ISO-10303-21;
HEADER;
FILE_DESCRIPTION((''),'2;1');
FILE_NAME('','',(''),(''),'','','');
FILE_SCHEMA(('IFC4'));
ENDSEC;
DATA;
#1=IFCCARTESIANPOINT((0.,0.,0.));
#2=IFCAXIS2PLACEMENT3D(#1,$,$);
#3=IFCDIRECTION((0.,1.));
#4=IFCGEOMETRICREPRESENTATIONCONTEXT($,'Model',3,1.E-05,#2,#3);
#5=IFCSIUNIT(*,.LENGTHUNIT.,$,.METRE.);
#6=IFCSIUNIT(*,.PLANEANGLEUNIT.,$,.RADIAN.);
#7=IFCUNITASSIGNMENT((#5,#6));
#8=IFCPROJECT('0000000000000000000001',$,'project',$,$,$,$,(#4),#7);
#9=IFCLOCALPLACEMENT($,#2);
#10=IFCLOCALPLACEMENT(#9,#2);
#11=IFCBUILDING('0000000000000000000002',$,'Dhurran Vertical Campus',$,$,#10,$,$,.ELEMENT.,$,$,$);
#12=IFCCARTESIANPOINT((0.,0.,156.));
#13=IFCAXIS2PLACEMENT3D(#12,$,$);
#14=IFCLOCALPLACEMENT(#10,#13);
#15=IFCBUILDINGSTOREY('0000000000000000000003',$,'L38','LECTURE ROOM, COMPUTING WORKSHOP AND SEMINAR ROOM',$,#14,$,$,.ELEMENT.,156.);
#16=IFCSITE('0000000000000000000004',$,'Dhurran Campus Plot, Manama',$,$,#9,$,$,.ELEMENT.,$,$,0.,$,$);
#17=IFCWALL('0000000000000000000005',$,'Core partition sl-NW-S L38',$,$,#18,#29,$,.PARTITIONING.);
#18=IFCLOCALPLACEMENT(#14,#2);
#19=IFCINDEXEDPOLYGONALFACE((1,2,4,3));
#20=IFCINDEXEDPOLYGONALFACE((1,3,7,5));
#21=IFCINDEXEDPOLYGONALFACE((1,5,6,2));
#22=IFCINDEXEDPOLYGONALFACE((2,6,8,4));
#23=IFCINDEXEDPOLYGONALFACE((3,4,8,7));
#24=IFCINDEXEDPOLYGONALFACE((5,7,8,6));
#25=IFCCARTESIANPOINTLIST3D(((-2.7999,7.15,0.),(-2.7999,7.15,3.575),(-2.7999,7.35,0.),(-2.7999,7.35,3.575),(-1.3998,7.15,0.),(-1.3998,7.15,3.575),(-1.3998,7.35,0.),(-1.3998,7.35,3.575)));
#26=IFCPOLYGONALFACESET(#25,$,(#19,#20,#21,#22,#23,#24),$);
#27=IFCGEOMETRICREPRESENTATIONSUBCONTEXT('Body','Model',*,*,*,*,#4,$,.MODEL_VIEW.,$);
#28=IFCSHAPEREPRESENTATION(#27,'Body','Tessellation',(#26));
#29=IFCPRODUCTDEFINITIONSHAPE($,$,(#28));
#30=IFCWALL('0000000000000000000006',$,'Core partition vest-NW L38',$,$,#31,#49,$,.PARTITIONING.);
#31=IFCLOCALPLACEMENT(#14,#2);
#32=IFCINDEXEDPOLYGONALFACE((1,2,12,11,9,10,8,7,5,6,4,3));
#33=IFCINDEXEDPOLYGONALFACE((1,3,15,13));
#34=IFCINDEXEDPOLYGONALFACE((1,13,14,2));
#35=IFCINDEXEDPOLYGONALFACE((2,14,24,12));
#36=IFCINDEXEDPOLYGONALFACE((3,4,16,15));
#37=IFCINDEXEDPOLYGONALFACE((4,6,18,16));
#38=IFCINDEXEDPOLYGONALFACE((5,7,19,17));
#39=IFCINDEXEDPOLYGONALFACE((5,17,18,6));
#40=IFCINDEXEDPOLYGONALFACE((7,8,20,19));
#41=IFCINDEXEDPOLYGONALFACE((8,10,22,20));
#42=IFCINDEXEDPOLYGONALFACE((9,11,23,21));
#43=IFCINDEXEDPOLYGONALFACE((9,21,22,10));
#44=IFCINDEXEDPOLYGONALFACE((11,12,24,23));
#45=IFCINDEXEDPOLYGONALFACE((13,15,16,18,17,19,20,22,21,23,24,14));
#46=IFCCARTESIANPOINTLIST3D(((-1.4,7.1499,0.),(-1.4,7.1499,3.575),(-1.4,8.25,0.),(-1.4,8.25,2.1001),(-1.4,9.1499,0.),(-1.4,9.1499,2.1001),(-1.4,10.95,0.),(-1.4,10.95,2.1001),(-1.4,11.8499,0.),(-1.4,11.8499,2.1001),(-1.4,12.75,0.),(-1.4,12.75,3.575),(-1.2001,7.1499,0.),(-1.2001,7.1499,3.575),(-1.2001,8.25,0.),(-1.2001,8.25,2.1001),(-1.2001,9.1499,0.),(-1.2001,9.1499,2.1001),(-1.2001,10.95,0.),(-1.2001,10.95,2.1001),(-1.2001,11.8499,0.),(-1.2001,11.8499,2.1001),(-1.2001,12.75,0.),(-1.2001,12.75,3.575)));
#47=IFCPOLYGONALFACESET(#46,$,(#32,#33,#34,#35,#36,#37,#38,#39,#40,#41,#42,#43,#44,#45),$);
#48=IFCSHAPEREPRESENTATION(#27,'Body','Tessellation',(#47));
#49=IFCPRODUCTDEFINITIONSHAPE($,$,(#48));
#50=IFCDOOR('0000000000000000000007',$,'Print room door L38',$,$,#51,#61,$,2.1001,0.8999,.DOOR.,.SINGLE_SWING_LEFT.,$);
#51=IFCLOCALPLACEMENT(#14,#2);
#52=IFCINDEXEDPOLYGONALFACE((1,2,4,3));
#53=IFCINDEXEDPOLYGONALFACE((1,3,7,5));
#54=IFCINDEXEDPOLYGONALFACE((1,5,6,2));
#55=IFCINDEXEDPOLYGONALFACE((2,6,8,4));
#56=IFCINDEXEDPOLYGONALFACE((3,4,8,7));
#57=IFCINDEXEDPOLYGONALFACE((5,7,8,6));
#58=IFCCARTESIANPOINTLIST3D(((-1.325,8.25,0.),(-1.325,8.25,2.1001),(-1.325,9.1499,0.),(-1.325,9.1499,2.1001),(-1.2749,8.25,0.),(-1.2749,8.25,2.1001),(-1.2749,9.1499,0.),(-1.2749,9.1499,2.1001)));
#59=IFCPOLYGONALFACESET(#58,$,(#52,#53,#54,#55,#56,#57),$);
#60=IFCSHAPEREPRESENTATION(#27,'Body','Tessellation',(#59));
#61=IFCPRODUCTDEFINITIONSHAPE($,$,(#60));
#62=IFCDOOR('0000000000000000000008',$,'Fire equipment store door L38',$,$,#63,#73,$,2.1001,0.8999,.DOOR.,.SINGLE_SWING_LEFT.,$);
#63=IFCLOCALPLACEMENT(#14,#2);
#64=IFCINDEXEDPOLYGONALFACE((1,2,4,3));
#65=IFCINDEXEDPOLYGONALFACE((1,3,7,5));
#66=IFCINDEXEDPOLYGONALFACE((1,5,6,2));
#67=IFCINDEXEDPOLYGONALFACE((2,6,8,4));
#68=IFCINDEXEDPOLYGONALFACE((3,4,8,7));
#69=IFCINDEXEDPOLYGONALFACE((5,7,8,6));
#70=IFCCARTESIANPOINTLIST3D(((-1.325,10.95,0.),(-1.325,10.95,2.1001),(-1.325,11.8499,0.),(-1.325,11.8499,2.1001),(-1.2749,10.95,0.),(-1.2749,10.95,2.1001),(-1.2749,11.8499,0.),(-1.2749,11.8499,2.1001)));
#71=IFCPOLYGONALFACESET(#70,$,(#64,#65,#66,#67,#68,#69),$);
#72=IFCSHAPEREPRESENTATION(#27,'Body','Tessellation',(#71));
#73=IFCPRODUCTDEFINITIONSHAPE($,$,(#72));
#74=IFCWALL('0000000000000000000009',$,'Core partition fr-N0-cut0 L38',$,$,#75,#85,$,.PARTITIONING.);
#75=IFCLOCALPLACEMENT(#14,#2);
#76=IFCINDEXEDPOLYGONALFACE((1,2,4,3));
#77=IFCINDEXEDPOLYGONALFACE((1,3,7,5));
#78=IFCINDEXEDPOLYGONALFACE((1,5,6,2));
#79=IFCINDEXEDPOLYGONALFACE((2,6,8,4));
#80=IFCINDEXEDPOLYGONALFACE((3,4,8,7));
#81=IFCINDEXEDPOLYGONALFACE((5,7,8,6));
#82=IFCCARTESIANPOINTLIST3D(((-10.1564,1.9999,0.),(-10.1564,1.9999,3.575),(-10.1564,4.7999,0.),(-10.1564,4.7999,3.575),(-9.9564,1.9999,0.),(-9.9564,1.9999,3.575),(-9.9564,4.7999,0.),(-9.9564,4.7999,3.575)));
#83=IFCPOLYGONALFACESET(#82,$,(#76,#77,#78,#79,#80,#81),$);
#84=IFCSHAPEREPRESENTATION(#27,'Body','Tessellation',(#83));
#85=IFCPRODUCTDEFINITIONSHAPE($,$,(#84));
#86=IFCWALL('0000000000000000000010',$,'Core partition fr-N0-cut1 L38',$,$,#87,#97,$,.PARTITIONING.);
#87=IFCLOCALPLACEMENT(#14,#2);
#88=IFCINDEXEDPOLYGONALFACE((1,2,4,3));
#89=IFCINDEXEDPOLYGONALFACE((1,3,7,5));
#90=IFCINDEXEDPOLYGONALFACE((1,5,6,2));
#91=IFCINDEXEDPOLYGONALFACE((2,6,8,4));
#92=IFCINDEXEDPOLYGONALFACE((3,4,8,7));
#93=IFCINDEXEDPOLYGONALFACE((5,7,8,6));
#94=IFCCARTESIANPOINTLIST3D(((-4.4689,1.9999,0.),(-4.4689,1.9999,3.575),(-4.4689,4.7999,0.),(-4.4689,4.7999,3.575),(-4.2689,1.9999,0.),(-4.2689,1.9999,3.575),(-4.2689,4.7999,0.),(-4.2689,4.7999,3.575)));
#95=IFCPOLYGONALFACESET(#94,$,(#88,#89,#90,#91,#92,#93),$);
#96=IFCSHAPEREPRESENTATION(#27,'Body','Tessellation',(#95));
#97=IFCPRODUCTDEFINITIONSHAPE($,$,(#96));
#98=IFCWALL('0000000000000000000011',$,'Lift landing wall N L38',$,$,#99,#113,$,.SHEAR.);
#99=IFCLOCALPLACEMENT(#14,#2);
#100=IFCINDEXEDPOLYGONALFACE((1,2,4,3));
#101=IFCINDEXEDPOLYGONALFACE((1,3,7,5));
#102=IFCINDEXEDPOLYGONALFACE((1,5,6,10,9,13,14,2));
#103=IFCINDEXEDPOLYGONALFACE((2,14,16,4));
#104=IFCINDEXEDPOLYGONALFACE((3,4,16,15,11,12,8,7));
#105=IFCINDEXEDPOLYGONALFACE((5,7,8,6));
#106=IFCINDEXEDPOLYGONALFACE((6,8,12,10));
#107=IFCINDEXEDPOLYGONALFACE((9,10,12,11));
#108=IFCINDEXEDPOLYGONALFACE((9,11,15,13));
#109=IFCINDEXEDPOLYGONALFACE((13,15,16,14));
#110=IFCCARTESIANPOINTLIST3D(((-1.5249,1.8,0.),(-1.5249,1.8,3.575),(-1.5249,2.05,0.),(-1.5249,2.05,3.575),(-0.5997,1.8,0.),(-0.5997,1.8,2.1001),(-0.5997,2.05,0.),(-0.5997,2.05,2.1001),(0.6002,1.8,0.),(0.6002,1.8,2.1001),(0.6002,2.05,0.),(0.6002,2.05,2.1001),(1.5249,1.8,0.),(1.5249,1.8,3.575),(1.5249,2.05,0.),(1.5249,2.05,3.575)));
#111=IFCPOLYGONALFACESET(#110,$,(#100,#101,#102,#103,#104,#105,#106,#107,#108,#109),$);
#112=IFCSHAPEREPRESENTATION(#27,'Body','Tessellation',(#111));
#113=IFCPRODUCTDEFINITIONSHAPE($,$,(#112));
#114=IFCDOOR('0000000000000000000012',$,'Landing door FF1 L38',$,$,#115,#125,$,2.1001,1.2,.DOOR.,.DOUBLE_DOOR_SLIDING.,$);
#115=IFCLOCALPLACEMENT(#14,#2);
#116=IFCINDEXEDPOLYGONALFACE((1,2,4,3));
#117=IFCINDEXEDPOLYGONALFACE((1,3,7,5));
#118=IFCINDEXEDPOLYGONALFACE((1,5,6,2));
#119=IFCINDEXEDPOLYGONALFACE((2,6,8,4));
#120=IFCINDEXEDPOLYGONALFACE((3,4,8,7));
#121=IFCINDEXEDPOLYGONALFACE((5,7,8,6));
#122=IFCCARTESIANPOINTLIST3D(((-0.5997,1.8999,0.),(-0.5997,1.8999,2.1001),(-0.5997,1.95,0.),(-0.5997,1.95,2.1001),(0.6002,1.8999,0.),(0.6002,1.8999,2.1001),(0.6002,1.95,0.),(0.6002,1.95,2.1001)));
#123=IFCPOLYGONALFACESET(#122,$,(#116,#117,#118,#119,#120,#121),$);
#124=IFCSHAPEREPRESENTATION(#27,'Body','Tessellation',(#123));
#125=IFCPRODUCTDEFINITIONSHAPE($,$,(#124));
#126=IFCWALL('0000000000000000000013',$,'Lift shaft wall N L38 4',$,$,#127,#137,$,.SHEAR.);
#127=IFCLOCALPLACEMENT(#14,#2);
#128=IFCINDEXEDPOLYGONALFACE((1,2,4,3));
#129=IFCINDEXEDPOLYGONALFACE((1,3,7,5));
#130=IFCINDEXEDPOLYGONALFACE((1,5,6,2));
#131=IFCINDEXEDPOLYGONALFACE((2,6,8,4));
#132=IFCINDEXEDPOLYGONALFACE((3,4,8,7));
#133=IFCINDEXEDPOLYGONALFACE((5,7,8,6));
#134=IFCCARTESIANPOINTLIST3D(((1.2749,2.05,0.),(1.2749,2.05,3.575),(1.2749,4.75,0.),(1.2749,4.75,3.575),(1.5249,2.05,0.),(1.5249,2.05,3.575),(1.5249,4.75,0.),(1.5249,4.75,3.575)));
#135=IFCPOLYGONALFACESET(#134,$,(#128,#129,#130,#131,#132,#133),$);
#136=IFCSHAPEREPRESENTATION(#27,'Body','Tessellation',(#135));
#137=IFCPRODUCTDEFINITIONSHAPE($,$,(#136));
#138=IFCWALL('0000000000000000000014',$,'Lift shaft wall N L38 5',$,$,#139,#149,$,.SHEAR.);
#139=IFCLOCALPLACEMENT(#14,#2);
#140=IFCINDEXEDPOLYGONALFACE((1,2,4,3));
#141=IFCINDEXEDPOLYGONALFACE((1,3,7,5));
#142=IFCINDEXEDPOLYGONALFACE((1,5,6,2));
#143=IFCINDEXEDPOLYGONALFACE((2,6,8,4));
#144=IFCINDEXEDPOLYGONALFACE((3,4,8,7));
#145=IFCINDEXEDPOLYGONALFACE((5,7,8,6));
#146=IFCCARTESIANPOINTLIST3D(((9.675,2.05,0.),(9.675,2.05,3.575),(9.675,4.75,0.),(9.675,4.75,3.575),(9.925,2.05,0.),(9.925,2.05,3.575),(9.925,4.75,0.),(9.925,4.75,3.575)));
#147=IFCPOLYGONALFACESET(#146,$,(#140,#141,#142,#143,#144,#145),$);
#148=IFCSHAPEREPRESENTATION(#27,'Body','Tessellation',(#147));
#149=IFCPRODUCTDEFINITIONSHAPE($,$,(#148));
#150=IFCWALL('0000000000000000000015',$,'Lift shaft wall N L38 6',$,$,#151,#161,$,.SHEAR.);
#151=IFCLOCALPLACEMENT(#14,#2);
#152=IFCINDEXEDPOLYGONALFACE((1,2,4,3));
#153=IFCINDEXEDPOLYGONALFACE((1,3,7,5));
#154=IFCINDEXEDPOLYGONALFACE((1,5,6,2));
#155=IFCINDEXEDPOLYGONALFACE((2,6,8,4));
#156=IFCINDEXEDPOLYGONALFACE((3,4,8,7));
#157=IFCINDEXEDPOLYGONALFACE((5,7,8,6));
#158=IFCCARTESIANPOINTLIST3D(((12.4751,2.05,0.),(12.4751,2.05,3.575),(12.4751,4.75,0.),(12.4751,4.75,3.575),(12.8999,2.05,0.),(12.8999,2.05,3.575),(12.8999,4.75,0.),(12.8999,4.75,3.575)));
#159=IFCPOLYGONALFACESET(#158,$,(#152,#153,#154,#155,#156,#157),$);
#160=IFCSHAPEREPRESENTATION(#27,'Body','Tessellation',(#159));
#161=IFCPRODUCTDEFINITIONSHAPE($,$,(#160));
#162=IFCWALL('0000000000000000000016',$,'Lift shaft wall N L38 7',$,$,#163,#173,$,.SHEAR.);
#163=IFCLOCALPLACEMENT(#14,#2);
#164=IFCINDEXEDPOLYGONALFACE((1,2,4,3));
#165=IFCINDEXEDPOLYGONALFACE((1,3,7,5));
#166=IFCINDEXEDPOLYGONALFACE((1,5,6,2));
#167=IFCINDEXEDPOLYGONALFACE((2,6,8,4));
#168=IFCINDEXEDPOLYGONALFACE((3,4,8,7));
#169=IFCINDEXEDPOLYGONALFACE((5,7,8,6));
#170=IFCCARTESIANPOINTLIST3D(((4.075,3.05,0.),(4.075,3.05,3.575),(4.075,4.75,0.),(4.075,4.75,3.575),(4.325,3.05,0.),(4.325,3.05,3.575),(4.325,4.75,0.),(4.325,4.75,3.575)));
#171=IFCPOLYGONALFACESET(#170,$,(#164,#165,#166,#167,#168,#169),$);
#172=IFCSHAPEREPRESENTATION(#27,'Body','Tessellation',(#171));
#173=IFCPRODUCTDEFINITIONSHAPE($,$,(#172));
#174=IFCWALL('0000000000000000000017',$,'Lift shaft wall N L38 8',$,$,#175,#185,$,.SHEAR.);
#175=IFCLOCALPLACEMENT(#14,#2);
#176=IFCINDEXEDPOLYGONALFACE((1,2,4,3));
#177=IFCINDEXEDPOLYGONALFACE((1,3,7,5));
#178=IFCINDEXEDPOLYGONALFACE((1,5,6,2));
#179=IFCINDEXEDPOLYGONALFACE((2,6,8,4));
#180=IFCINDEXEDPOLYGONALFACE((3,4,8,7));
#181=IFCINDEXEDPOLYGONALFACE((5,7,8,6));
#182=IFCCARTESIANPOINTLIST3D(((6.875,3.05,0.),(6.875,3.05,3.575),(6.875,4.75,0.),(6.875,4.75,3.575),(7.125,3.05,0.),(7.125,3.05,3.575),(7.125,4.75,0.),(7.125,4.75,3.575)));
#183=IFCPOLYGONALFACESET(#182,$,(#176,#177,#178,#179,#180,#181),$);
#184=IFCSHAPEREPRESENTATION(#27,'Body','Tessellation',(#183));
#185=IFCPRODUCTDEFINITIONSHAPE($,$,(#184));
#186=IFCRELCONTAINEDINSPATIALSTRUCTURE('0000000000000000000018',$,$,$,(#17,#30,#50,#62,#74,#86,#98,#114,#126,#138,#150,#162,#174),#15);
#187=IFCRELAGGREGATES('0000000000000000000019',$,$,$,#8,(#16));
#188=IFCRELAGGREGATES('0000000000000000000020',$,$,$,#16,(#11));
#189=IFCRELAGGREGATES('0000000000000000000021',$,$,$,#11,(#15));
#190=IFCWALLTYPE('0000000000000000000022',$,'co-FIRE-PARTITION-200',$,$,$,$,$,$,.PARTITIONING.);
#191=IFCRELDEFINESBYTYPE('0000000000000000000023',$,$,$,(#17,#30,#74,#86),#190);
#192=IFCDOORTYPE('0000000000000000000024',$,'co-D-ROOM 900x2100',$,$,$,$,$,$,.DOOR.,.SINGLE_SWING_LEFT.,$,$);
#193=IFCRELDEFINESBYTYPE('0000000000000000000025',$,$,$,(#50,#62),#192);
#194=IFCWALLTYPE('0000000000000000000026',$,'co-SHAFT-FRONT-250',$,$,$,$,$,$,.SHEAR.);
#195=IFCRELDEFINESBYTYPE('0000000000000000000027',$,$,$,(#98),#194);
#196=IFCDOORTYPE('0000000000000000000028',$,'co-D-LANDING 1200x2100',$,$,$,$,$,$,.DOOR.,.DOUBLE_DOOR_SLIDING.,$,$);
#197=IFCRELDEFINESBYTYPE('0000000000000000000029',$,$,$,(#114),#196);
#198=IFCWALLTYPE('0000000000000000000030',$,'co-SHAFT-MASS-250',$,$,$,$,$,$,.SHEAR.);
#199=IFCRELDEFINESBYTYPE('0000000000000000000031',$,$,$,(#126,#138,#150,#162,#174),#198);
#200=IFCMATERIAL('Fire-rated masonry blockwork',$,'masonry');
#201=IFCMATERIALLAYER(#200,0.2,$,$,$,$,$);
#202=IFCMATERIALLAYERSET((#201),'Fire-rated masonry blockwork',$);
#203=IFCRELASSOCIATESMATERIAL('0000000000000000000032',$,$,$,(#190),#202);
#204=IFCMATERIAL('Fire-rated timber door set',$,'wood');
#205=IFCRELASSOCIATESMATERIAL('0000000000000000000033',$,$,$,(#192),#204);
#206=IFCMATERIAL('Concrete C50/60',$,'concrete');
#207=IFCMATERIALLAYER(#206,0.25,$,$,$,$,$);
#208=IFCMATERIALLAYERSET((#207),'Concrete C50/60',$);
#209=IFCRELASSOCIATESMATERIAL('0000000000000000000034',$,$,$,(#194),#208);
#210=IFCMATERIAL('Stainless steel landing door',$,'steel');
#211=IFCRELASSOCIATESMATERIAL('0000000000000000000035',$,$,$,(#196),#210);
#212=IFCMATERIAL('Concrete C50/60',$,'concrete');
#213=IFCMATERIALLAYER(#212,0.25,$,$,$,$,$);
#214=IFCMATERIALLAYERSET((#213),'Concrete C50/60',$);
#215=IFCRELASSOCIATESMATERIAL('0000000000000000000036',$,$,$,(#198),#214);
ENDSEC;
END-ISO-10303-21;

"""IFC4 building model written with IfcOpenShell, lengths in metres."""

from ifc_helpers import new_model, si_unit, direction, frame, frame_2d, origin, place, context, subcontext, project, spatial, polyline, rectangle, outline, extrude, material, layer, layer_set, type_object, element, fill, save


model = new_model("IFC4")

# Units and contexts
model_context = context("Model", 3, precision=1e-05, world=origin(), true_north=direction((0.0, 1.0)))
body_context = subcontext(model_context, "Body", "Model", "MODEL_VIEW")
ifc_project = project(units=[si_unit("LENGTHUNIT", "METRE"), si_unit("PLANEANGLEUNIT", "RADIAN")], contexts=[model_context])

# Site, building, storey
site_placement = place(None, origin())
site = spatial("IfcSite", under=ifc_project, at=site_placement, Name="Dhurran Campus Plot, Manama", CompositionType="ELEMENT", RefElevation=0.0)
building_placement = place(site_placement, origin())
building = spatial("IfcBuilding", under=site, at=building_placement, Name="Dhurran Vertical Campus", CompositionType="ELEMENT")
storey_placement = place(building_placement, frame((0.0, 0.0, 156.0)))
storey = spatial("IfcBuildingStorey", under=building, at=storey_placement, Name="L38", Description="LECTURE ROOM, COMPUTING WORKSHOP AND SEMINAR ROOM", CompositionType="ELEMENT", Elevation=156.0)

# Wall
ifc_material_1 = material(Name="Fire-rated masonry blockwork", Category="masonry")
ifc_layer_1 = layer(ifc_material_1, 0.2)
ifc_layer_set_1 = layer_set([ifc_layer_1], Name="Fire-rated masonry blockwork")
wall_type_1 = type_object("IfcWallType", Name="co-FIRE-PARTITION-200", PredefinedType="PARTITIONING", material=ifc_layer_set_1)
wall_1_placement = place(storey_placement, frame((-2.8, 7.25, 0.0), z_axis=(0.0, 0.0, 1.0), x_axis=(1.0, 0.0, 0.0)))
element("IfcWall", 1, at=wall_1_placement, inside=storey, type_object=wall_type_1, Name="Core partition sl-NW-S L38", PredefinedType="PARTITIONING", context=body_context, shape_type="SweptSolid", body=[
    extrude(rectangle(XDim=1.4001, YDim=0.2, at=frame_2d((0.7002, 0.0))), origin(), (0.0, 0.0, 1.0), 3.575),
])

# Wall, openings, doors
wall_2_placement = place(storey_placement, frame((-1.3, 7.1499, 0.0), z_axis=(0.0, 0.0, 1.0), x_axis=(0.0, 1.0, 0.0)))
wall_2 = element("IfcWall", 2, at=wall_2_placement, inside=storey, type_object=wall_type_1, Name="Core partition vest-NW L38", PredefinedType="PARTITIONING", context=body_context, shape_type="SweptSolid", body=[
    extrude(rectangle(XDim=5.6001, YDim=0.2, at=frame_2d((2.8, 0.0))), origin(), (0.0, 0.0, 1.0), 3.575),
])
opening_1_placement = place(wall_2_placement, frame((1.1001, 0.0, 0.0)))
opening_1 = element("IfcOpeningElement", 3, at=opening_1_placement, cuts=wall_2, PredefinedType="OPENING", context=body_context, shape_type="SweptSolid", body=[
    extrude(rectangle(XDim=0.8999, YDim=2.1001, at=frame_2d((0.45, 1.05))), frame((0.0, 0.1099, 0.0), z_axis=(0.0, -1.0, 0.0), x_axis=(1.0, 0.0, 0.0)), (0.0, 0.0, 1.0), 0.22),
])
opening_2_placement = place(wall_2_placement, frame((3.8, 0.0, 0.0)))
opening_2 = element("IfcOpeningElement", 4, at=opening_2_placement, cuts=wall_2, PredefinedType="OPENING", context=body_context, shape_type="SweptSolid", body=[
    extrude(rectangle(XDim=0.8999, YDim=2.1001, at=frame_2d((0.45, 1.05))), frame((0.0, 0.1099, 0.0), z_axis=(0.0, -1.0, 0.0), x_axis=(1.0, 0.0, 0.0)), (0.0, 0.0, 1.0), 0.22),
])
ifc_material_2 = material(Name="Fire-rated timber door set", Category="wood")
door_type_1 = type_object("IfcDoorType", Name="co-D-ROOM 900x2100", OperationType="SINGLE_SWING_LEFT", PredefinedType="DOOR", material=ifc_material_2)
door_1_placement = place(opening_1_placement, origin())
door_1 = element("IfcDoor", 5, at=door_1_placement, inside=storey, type_object=door_type_1, Name="Print room door L38", OperationType="SINGLE_SWING_LEFT", OverallHeight=2.1001, OverallWidth=0.8999, PredefinedType="DOOR", context=body_context, shape_type="SweptSolid", body=[
    extrude(rectangle(XDim=0.8999, YDim=2.1001, at=frame_2d((0.45, 1.05))), frame((0.0, 0.0249, 0.0), z_axis=(0.0, -1.0, 0.0), x_axis=(1.0, 0.0, 0.0)), (0.0, 0.0, 1.0), 0.05),
])
fill(opening_1, door_1)
door_2_placement = place(opening_2_placement, origin())
door_2 = element("IfcDoor", 6, at=door_2_placement, inside=storey, type_object=door_type_1, Name="Fire equipment store door L38", OperationType="SINGLE_SWING_LEFT", OverallHeight=2.1001, OverallWidth=0.8999, PredefinedType="DOOR", context=body_context, shape_type="SweptSolid", body=[
    extrude(rectangle(XDim=0.8999, YDim=2.1001, at=frame_2d((0.45, 1.05))), frame((0.0, 0.0249, 0.0), z_axis=(0.0, -1.0, 0.0), x_axis=(1.0, 0.0, 0.0)), (0.0, 0.0, 1.0), 0.05),
])
fill(opening_2, door_2)

# Walls
for number, where, z_axis, x_axis, name in (
    (7, (-10.0564, 2.0, 0.0), (0.0, 0.0, 1.0), (0.0, 1.0, 0.0), "Core partition fr-N0-cut0 L38"),
    (8, (-4.3689, 2.0, 0.0), (0.0, 0.0, 1.0), (0.0, 1.0, 0.0), "Core partition fr-N0-cut1 L38"),
):
    element("IfcWall", number, at=place(storey_placement, frame(where, z_axis=z_axis, x_axis=x_axis)), inside=storey, type_object=wall_type_1, Name=name, PredefinedType="PARTITIONING", context=body_context, shape_type="SweptSolid", body=[
        extrude(rectangle(XDim=2.8, YDim=0.2, at=frame_2d((1.3999, 0.0))), origin(), (0.0, 0.0, 1.0), 3.575),
    ])

# Wall, opening, door
ifc_material_3 = material(Name="Concrete C50/60", Category="concrete")
ifc_layer_2 = layer(ifc_material_3, 0.25)
ifc_layer_set_2 = layer_set([ifc_layer_2], Name="Concrete C50/60")
wall_type_2 = type_object("IfcWallType", Name="co-SHAFT-FRONT-250", PredefinedType="SHEAR", material=ifc_layer_set_2)
wall_3_placement = place(storey_placement, frame((-1.5249, 1.925, 0.0), z_axis=(0.0, 0.0, 1.0), x_axis=(1.0, 0.0, 0.0)))
wall_3 = element("IfcWall", 9, at=wall_3_placement, inside=storey, type_object=wall_type_2, Name="Lift landing wall N L38", PredefinedType="SHEAR", context=body_context, shape_type="SweptSolid", body=[
    extrude(rectangle(XDim=3.0498, YDim=0.25, at=frame_2d((1.5249, 0.0))), origin(), (0.0, 0.0, 1.0), 3.575),
])
opening_3_placement = place(wall_3_placement, frame((0.925, 0.0, 0.0)))
opening_3 = element("IfcOpeningElement", 10, at=opening_3_placement, cuts=wall_3, PredefinedType="OPENING", context=body_context, shape_type="SweptSolid", body=[
    extrude(rectangle(XDim=1.2, YDim=2.1001, at=frame_2d((0.6001, 1.05))), frame((0.0, 0.135, 0.0), z_axis=(0.0, -1.0, 0.0), x_axis=(1.0, 0.0, 0.0)), (0.0, 0.0, 1.0), 0.27),
])
ifc_material_4 = material(Name="Stainless steel landing door", Category="steel")
door_type_2 = type_object("IfcDoorType", Name="co-D-LANDING 1200x2100", OperationType="DOUBLE_DOOR_SLIDING", PredefinedType="DOOR", material=ifc_material_4)
door_3_placement = place(opening_3_placement, origin())
door_3 = element("IfcDoor", 11, at=door_3_placement, inside=storey, type_object=door_type_2, Name="Landing door FF1 L38", OperationType="DOUBLE_DOOR_SLIDING", OverallHeight=2.1001, OverallWidth=1.2, PredefinedType="DOOR", context=body_context, shape_type="SweptSolid", body=[
    extrude(rectangle(XDim=1.2, YDim=2.1001, at=frame_2d((0.6001, 1.05))), frame((0.0, 0.0249, 0.0), z_axis=(0.0, -1.0, 0.0), x_axis=(1.0, 0.0, 0.0)), (0.0, 0.0, 1.0), 0.05),
])
fill(opening_3, door_3)

# Walls
ifc_material_5 = material(Name="Concrete C50/60", Category="concrete")
ifc_layer_3 = layer(ifc_material_5, 0.25)
ifc_layer_set_3 = layer_set([ifc_layer_3], Name="Concrete C50/60")
wall_type_3 = type_object("IfcWallType", Name="co-SHAFT-MASS-250", PredefinedType="SHEAR", material=ifc_layer_set_3)
wall_4_placement = place(storey_placement, origin())
element("IfcWall", 12, at=wall_4_placement, inside=storey, type_object=wall_type_3, Name="Lift shaft wall N L38 4", PredefinedType="SHEAR", context=body_context, shape_type="SweptSolid", body=[
    extrude(outline(polyline([(1.2749, 2.05), (1.5249, 2.05), (1.5249, 4.75), (1.2749, 4.75), (1.2749, 2.05)])), origin(), (0.0, 0.0, 1.0), 3.575),
])
wall_5_placement = place(storey_placement, origin())
element("IfcWall", 13, at=wall_5_placement, inside=storey, type_object=wall_type_3, Name="Lift shaft wall N L38 5", PredefinedType="SHEAR", context=body_context, shape_type="SweptSolid", body=[
    extrude(outline(polyline([(9.675, 2.05), (9.925, 2.05), (9.925, 4.75), (9.675, 4.75), (9.675, 2.05)])), origin(), (0.0, 0.0, 1.0), 3.575),
])
wall_6_placement = place(storey_placement, origin())
element("IfcWall", 14, at=wall_6_placement, inside=storey, type_object=wall_type_3, Name="Lift shaft wall N L38 6", PredefinedType="SHEAR", context=body_context, shape_type="SweptSolid", body=[
    extrude(outline(polyline([(12.4751, 2.05), (12.8999, 2.05), (12.8999, 4.75), (12.4751, 4.75), (12.4751, 2.05)])), origin(), (0.0, 0.0, 1.0), 3.575),
])
wall_7_placement = place(storey_placement, origin())
element("IfcWall", 15, at=wall_7_placement, inside=storey, type_object=wall_type_3, Name="Lift shaft wall N L38 7", PredefinedType="SHEAR", context=body_context, shape_type="SweptSolid", body=[
    extrude(outline(polyline([(4.075, 3.05), (4.325, 3.05), (4.325, 4.75), (4.075, 4.75), (4.075, 3.05)])), origin(), (0.0, 0.0, 1.0), 3.575),
])
wall_8_placement = place(storey_placement, origin())
element("IfcWall", 16, at=wall_8_placement, inside=storey, type_object=wall_type_3, Name="Lift shaft wall N L38 8", PredefinedType="SHEAR", context=body_context, shape_type="SweptSolid", body=[
    extrude(outline(polyline([(6.875, 3.05), (7.125, 3.05), (7.125, 4.75), (6.875, 4.75), (6.875, 3.05)])), origin(), (0.0, 0.0, 1.0), 3.575),
])

save(model, "model.ifc")
